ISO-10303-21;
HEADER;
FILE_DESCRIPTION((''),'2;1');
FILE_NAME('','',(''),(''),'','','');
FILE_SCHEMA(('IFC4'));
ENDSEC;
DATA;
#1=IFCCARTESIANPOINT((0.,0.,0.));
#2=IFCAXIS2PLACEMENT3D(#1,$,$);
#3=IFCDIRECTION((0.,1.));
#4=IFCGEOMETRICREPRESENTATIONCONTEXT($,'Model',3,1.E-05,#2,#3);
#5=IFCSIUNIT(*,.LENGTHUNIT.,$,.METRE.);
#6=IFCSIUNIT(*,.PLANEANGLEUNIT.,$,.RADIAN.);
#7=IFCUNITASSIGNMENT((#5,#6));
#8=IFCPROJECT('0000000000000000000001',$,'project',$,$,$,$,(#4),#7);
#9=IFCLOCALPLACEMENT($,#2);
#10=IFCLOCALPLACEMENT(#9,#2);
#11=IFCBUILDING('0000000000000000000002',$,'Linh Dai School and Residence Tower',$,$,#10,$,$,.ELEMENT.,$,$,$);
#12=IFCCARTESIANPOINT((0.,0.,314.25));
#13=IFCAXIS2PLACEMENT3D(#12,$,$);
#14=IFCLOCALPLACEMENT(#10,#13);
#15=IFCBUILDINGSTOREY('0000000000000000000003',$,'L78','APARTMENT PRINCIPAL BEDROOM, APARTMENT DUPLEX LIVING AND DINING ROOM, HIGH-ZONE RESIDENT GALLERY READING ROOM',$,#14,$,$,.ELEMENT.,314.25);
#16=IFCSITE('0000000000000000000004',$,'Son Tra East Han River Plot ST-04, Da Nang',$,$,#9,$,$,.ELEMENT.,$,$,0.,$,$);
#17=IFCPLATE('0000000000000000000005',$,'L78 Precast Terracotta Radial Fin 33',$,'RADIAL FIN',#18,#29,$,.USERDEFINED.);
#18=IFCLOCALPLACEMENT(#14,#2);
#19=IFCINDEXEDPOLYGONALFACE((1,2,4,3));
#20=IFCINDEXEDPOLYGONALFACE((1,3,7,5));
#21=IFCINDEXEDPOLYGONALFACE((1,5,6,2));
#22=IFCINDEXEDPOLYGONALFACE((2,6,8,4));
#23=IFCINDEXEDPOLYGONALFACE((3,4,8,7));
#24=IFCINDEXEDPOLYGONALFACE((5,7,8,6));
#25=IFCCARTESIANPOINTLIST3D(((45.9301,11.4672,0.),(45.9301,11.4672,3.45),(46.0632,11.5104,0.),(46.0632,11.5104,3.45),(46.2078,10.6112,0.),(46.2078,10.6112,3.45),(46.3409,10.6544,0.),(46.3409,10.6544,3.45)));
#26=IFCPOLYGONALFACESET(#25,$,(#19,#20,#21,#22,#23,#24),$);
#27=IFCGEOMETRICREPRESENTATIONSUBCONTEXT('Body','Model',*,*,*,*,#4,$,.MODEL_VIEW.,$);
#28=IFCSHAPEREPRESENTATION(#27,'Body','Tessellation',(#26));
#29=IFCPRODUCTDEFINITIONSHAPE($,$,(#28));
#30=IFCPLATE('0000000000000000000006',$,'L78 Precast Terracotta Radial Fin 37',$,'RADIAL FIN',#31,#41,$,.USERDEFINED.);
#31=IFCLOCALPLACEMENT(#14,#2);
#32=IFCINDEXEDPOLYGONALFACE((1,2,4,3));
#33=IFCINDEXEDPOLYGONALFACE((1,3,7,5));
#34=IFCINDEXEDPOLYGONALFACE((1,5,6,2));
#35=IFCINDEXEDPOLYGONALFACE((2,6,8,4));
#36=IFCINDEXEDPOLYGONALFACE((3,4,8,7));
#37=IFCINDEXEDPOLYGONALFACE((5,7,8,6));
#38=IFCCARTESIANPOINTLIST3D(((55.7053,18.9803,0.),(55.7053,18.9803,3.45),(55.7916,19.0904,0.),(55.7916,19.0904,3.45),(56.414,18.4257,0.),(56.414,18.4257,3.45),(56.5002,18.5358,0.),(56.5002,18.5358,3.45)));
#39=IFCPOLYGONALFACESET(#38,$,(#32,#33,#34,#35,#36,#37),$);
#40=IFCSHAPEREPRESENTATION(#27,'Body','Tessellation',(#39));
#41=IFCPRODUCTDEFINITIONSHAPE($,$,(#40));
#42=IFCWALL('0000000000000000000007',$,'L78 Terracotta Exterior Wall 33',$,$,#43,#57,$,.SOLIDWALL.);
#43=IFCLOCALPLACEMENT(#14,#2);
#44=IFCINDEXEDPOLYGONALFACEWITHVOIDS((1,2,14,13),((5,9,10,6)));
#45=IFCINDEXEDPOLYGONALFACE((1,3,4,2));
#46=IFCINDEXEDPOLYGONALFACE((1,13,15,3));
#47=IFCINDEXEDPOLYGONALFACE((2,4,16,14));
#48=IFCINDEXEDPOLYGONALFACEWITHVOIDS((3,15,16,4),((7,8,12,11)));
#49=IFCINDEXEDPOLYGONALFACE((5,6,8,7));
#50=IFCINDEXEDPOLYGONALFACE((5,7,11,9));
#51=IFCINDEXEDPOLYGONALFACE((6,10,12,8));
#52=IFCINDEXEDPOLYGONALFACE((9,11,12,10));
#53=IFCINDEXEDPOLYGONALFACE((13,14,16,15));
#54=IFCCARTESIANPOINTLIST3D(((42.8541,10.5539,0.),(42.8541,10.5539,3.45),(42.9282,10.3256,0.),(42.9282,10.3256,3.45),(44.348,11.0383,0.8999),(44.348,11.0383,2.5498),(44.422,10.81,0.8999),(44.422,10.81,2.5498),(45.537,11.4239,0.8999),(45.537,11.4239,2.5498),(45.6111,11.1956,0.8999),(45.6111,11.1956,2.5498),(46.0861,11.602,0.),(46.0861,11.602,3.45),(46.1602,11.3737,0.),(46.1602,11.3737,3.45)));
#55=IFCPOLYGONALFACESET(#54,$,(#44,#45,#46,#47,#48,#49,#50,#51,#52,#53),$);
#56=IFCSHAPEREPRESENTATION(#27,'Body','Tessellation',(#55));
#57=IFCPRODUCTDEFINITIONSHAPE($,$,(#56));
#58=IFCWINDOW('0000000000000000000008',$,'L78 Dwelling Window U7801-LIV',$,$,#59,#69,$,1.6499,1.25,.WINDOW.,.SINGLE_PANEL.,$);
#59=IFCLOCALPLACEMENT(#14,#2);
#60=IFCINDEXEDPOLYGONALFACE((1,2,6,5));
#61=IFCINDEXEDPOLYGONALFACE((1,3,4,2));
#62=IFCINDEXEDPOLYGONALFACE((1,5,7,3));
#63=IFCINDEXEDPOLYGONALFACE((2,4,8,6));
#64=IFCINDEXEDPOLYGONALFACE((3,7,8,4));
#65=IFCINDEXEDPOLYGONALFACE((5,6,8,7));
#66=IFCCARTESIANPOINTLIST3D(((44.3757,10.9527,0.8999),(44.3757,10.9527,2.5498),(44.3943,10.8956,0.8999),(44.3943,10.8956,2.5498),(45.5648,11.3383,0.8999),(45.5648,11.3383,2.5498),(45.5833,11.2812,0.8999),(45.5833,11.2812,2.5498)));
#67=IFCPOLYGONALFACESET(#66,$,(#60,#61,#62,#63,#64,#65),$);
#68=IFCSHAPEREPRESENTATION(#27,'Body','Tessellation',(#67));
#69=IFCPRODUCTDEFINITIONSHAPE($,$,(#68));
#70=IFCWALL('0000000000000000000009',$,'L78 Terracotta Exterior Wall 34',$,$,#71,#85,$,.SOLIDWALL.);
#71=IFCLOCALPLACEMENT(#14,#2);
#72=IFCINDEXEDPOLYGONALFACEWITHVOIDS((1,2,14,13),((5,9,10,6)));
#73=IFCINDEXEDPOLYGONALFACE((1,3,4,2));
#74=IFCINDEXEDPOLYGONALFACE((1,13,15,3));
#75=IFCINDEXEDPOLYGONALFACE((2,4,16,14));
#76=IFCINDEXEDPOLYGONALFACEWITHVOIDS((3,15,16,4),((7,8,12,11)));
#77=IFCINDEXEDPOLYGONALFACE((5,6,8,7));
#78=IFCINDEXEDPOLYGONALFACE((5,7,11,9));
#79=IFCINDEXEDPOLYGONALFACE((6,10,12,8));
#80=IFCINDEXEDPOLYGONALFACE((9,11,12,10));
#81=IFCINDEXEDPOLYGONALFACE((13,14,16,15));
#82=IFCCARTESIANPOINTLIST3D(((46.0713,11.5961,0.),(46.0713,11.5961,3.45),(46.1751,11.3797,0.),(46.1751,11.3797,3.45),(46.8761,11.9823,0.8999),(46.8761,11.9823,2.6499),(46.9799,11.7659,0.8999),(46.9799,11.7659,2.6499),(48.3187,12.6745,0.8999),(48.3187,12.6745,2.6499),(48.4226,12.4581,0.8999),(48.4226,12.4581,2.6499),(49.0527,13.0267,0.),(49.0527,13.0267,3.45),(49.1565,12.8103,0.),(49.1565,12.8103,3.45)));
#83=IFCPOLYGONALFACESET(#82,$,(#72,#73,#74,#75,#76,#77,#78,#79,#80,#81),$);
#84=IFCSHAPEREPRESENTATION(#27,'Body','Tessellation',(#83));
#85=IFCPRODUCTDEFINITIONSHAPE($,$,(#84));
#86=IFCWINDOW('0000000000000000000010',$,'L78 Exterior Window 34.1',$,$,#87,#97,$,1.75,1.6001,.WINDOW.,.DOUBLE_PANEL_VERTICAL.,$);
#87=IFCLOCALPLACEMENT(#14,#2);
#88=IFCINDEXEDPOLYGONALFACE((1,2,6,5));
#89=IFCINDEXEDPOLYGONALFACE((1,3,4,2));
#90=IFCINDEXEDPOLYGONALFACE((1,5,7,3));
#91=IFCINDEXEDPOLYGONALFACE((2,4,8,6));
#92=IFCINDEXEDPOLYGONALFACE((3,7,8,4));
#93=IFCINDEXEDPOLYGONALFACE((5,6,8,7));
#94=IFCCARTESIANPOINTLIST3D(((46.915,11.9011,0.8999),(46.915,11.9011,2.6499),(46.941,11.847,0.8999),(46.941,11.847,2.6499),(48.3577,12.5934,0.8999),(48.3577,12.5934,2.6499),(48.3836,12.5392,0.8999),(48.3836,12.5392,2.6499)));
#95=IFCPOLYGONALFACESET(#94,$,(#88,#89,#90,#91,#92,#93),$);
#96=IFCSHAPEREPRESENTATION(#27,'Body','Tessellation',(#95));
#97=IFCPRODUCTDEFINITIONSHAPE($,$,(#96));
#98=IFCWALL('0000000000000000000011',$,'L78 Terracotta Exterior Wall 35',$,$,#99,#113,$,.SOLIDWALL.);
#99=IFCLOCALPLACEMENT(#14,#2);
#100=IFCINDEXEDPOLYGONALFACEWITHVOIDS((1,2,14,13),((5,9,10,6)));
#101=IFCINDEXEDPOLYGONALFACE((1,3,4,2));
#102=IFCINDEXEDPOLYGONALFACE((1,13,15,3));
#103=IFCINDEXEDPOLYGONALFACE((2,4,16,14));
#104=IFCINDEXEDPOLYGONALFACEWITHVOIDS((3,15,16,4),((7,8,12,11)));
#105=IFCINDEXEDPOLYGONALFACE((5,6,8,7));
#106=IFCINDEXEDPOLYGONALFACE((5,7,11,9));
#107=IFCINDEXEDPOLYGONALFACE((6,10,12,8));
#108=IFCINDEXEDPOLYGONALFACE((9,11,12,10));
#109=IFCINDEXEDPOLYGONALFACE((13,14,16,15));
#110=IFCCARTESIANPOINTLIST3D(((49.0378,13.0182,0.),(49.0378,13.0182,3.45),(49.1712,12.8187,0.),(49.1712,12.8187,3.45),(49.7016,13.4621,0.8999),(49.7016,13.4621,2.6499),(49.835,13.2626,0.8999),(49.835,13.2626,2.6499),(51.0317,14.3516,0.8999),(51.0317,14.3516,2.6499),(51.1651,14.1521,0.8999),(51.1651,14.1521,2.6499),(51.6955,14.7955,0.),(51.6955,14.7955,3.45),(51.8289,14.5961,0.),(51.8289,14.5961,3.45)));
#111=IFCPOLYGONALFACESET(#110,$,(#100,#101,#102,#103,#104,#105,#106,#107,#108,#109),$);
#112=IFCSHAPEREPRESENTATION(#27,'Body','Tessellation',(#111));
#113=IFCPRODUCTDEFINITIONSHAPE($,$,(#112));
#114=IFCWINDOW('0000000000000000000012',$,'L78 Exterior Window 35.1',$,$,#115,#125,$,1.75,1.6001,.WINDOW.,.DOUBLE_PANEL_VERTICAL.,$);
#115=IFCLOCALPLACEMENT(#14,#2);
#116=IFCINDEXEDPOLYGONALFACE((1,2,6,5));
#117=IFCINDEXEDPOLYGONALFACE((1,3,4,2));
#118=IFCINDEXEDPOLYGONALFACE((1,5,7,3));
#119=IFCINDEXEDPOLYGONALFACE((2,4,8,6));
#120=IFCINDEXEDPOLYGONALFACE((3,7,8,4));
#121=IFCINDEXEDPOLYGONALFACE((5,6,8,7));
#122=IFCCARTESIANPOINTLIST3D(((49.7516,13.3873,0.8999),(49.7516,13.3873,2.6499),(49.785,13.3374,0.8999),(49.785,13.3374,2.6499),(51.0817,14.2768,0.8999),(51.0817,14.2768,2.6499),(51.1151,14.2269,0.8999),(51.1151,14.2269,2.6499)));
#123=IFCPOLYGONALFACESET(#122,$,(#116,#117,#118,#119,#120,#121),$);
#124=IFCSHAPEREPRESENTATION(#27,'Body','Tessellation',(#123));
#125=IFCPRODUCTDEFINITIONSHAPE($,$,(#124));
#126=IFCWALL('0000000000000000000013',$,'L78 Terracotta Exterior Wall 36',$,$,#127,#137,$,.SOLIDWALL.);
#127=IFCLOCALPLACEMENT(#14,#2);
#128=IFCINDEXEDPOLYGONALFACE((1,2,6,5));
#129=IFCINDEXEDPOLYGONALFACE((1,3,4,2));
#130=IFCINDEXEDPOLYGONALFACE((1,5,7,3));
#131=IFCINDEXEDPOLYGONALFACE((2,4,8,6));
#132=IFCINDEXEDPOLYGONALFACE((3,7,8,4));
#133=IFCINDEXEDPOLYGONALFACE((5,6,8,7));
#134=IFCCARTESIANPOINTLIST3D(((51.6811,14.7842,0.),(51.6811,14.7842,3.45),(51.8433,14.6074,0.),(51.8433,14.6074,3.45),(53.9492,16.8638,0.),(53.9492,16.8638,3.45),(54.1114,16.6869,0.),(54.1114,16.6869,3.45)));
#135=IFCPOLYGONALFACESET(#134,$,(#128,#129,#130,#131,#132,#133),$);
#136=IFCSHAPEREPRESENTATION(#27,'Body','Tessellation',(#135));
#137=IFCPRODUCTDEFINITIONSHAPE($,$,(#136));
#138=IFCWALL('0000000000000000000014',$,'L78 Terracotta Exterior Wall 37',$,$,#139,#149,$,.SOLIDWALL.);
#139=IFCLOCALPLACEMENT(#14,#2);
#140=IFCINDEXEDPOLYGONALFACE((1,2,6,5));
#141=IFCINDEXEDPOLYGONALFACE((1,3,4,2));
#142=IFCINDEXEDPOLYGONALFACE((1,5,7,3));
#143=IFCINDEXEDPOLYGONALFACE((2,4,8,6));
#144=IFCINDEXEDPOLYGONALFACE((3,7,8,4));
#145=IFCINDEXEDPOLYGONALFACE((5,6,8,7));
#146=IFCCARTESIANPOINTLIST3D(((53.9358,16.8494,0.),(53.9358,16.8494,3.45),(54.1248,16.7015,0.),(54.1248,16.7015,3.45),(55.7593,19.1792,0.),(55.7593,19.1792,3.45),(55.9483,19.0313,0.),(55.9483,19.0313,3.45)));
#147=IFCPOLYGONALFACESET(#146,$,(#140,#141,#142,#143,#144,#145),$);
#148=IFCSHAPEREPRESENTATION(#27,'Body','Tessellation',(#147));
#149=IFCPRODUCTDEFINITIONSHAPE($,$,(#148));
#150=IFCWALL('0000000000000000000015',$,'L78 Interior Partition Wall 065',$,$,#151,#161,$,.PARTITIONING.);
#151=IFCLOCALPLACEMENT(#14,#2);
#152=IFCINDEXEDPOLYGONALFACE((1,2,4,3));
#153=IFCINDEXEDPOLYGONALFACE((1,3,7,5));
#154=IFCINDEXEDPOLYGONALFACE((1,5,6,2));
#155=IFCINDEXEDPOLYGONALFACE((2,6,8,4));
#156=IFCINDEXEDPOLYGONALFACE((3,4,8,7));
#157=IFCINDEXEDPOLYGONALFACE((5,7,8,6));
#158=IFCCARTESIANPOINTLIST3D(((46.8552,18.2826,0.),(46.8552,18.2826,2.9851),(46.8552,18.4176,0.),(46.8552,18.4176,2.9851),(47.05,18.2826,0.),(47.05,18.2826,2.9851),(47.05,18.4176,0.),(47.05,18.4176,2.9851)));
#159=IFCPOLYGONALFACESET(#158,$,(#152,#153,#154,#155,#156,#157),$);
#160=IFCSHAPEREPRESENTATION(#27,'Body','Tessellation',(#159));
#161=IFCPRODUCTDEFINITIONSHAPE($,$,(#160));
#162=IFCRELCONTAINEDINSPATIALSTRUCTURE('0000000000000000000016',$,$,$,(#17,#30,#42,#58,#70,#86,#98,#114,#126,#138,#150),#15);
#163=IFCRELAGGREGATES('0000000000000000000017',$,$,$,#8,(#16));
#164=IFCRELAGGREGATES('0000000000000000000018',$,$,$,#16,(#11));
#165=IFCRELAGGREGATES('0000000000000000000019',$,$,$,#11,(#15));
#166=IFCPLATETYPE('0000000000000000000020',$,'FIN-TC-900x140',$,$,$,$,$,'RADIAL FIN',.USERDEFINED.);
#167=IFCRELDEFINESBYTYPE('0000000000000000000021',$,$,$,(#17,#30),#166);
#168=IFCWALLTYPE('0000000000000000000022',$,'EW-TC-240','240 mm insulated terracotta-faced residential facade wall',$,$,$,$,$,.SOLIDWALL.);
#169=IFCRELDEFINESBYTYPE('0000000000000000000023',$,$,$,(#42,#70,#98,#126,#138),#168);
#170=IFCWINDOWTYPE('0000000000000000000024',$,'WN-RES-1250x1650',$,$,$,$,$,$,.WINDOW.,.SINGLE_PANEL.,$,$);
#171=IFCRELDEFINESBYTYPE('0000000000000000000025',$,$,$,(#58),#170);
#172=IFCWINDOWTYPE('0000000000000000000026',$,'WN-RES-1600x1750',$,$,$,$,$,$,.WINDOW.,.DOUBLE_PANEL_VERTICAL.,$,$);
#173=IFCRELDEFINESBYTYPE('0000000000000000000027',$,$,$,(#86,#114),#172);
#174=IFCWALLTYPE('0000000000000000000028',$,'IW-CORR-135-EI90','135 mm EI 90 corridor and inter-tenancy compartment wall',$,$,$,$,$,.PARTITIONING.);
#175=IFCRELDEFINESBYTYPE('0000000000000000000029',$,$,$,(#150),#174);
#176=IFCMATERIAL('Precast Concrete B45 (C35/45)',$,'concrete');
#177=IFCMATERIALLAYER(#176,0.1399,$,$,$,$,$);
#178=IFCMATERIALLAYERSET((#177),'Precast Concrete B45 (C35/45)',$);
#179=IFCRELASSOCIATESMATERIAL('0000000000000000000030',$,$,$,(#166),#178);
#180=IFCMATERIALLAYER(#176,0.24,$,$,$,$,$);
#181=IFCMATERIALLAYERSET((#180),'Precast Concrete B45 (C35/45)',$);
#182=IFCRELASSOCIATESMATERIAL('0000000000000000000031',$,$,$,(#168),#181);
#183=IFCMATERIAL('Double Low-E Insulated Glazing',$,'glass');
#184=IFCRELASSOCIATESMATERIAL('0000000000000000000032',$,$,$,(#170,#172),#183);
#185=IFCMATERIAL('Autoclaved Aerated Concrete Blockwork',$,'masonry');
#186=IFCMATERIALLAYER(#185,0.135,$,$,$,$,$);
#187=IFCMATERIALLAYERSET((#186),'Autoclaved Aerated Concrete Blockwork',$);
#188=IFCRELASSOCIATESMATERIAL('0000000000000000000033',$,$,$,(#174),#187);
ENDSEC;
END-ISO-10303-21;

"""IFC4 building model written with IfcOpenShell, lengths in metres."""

from ifc_helpers import new_model, si_unit, direction, frame, frame_2d, origin, origin_2d, place, context, subcontext, project, spatial, rectangle, extrude, source, transform, mapped, material, layer, layer_set, type_object, element, fill, save


model = new_model("IFC4")

# Units and contexts
model_context = context("Model", 3, precision=1e-05, world=origin(), true_north=direction((0.0, 1.0)))
body_context = subcontext(model_context, "Body", "Model", "MODEL_VIEW")
ifc_project = project(units=[si_unit("LENGTHUNIT", "METRE"), si_unit("PLANEANGLEUNIT", "RADIAN")], contexts=[model_context])

# Site, building, storey
site_placement = place(None, origin())
site = spatial("IfcSite", under=ifc_project, at=site_placement, Name="Son Tra East Han River Plot ST-04, Da Nang", CompositionType="ELEMENT", RefElevation=0.0)
building_placement = place(site_placement, origin())
building = spatial("IfcBuilding", under=site, at=building_placement, Name="Linh Dai School and Residence Tower", CompositionType="ELEMENT")
storey_placement = place(building_placement, frame((0.0, 0.0, 314.25)))
storey = spatial("IfcBuildingStorey", under=building, at=storey_placement, Name="L78", Description="APARTMENT PRINCIPAL BEDROOM, APARTMENT DUPLEX LIVING AND DINING ROOM, HIGH-ZONE RESIDENT GALLERY READING ROOM", CompositionType="ELEMENT", Elevation=314.25)

# Plates
ifc_material_1 = material(Name="Precast Concrete B45 (C35/45)", Category="concrete")
ifc_layer_1 = layer(ifc_material_1, 0.1399)
ifc_layer_set_1 = layer_set([ifc_layer_1], Name="Precast Concrete B45 (C35/45)")
plate_type = type_object("IfcPlateType", Name="FIN-TC-900x140", ElementType="RADIAL FIN", PredefinedType="USERDEFINED", material=ifc_layer_set_1)
shared_shape_1 = source(origin(), body_context, "Body", "SweptSolid", [
    extrude(rectangle(XDim=0.8999, YDim=0.1399, at=origin_2d()), origin(), (0.0, 0.0, 1.0), 3.45),
])
for number, where, z_axis, x_axis, name in (
    (1, (46.1355, 11.0608, 0.0), (0.0, 0.0, 1.0), (0.308519, -0.951218, 0.0), "L78 Precast Terracotta Radial Fin 33"),
    (2, (56.1028, 18.7581, 0.0), (0.0, 0.0, 1.0), (0.787503, -0.616311, 0.0), "L78 Precast Terracotta Radial Fin 37"),
):
    element("IfcPlate", number, at=place(storey_placement, frame(where, z_axis=z_axis, x_axis=x_axis)), inside=storey, type_object=plate_type, Name=name, ObjectType="RADIAL FIN", PredefinedType="USERDEFINED", context=body_context, shape_type="MappedRepresentation", body=[
        mapped(shared_shape_1, transform((0.0, 0.0, 0.0), x_axis=(1.0, 0.0, 0.0), y_axis=(0.0, 1.0, 0.0), z_axis=(0.0, 0.0, 1.0), scale=1.0)),
    ])

# Walls, openings, windows
ifc_layer_2 = layer(ifc_material_1, 0.24)
ifc_layer_set_2 = layer_set([ifc_layer_2], Name="Precast Concrete B45 (C35/45)")
wall_type_1 = type_object("IfcWallType", Name="EW-TC-240", Description="240 mm insulated terracotta-faced residential facade wall", PredefinedType="SOLIDWALL", material=ifc_layer_set_2)
wall_1_placement = place(storey_placement, frame((46.123, 11.4878, 0.0), z_axis=(0.0, 0.0, 1.0), x_axis=(-0.951231, -0.308478, 0.0)))
wall_1 = element("IfcWall", 3, at=wall_1_placement, inside=storey, type_object=wall_type_1, Name="L78 Terracotta Exterior Wall 33", PredefinedType="SOLIDWALL", context=body_context, shape_type="SweptSolid", body=[
    extrude(rectangle(XDim=3.3977, YDim=0.24, at=frame_2d((1.6987, 0.0))), origin(), (0.0, 0.0, 1.0), 3.45),
])
opening_1_placement = place(wall_1_placement, frame((0.5771, 0.0, 0.8999)))
opening_1 = element("IfcOpeningElement", 4, at=opening_1_placement, cuts=wall_1, PredefinedType="OPENING", context=body_context, shape_type="SweptSolid", body=[
    extrude(rectangle(XDim=1.25, YDim=1.6499, at=origin_2d()), frame((0.625, 0.1299, 0.825), z_axis=(0.0, -1.0, 0.0), x_axis=(1.0, 0.0, 0.0)), (0.0, 0.0, 1.0), 0.26),
])
ifc_material_2 = material(Name="Double Low-E Insulated Glazing", Category="glass")
window_type_1 = type_object("IfcWindowType", Name="WN-RES-1250x1650", PartitioningType="SINGLE_PANEL", PredefinedType="WINDOW", material=ifc_material_2)
shared_shape_2 = source(origin(), body_context, "Body", "SweptSolid", [
    extrude(rectangle(XDim=1.25, YDim=1.6499, at=origin_2d()), frame((0.625, 0.03, 0.825), z_axis=(0.0, -1.0, 0.0), x_axis=(1.0, 0.0, 0.0)), (0.0, 0.0, 1.0), 0.0601),
])
window_1_placement = place(opening_1_placement, origin())
window_1 = element("IfcWindow", 5, at=window_1_placement, inside=storey, type_object=window_type_1, Name="L78 Dwelling Window U7801-LIV", OverallHeight=1.6499, OverallWidth=1.25, PartitioningType="SINGLE_PANEL", PredefinedType="WINDOW", context=body_context, shape_type="MappedRepresentation", body=[
    mapped(shared_shape_2, transform((0.0, 0.0, 0.0), x_axis=(1.0, 0.0, 0.0), y_axis=(0.0, 1.0, 0.0), z_axis=(0.0, 0.0, 1.0), scale=1.0)),
])
fill(opening_1, window_1)
wall_2_placement = place(storey_placement, frame((49.1045, 12.9185, 0.0), z_axis=(0.0, 0.0, 1.0), x_axis=(-0.901574, -0.432625, 0.0)))
wall_2 = element("IfcWall", 6, at=wall_2_placement, inside=storey, type_object=wall_type_1, Name="L78 Terracotta Exterior Wall 34", PredefinedType="SOLIDWALL", context=body_context, shape_type="SweptSolid", body=[
    extrude(rectangle(XDim=3.3069, YDim=0.24, at=frame_2d((1.6533, 0.0))), origin(), (0.0, 0.0, 1.0), 3.45),
])
opening_2_placement = place(wall_2_placement, frame((0.814, 0.0, 0.8999)))
opening_2 = element("IfcOpeningElement", 7, at=opening_2_placement, cuts=wall_2, PredefinedType="OPENING", context=body_context, shape_type="SweptSolid", body=[
    extrude(rectangle(XDim=1.6001, YDim=1.75, at=origin_2d()), frame((0.8, 0.1299, 0.875), z_axis=(0.0, -1.0, 0.0), x_axis=(1.0, 0.0, 0.0)), (0.0, 0.0, 1.0), 0.26),
])
window_type_2 = type_object("IfcWindowType", Name="WN-RES-1600x1750", PartitioningType="DOUBLE_PANEL_VERTICAL", PredefinedType="WINDOW", material=ifc_material_2)
shared_shape_3 = source(origin(), body_context, "Body", "SweptSolid", [
    extrude(rectangle(XDim=1.6001, YDim=1.75, at=origin_2d()), frame((0.8, 0.03, 0.875), z_axis=(0.0, -1.0, 0.0), x_axis=(1.0, 0.0, 0.0)), (0.0, 0.0, 1.0), 0.0601),
])
window_2_placement = place(opening_2_placement, origin())
window_2 = element("IfcWindow", 8, at=window_2_placement, inside=storey, type_object=window_type_2, Name="L78 Exterior Window 34.1", OverallHeight=1.75, OverallWidth=1.6001, PartitioningType="DOUBLE_PANEL_VERTICAL", PredefinedType="WINDOW", context=body_context, shape_type="MappedRepresentation", body=[
    mapped(shared_shape_3, transform((0.0, 0.0, 0.0), x_axis=(1.0, 0.0, 0.0), y_axis=(0.0, 1.0, 0.0), z_axis=(0.0, 0.0, 1.0), scale=1.0)),
])
fill(opening_2, window_2)
wall_3_placement = place(storey_placement, frame((51.7622, 14.6958, 0.0), z_axis=(0.0, 0.0, 1.0), x_axis=(-0.831251, -0.555898, 0.0)))
wall_3 = element("IfcWall", 9, at=wall_3_placement, inside=storey, type_object=wall_type_1, Name="L78 Terracotta Exterior Wall 35", PredefinedType="SOLIDWALL", context=body_context, shape_type="SweptSolid", body=[
    extrude(rectangle(XDim=3.1973, YDim=0.24, at=frame_2d((1.5986, 0.0))), origin(), (0.0, 0.0, 1.0), 3.45),
])
opening_3_placement = place(wall_3_placement, frame((0.7986, 0.0, 0.8999)))
opening_3 = element("IfcOpeningElement", 10, at=opening_3_placement, cuts=wall_3, PredefinedType="OPENING", context=body_context, shape_type="SweptSolid", body=[
    extrude(rectangle(XDim=1.6001, YDim=1.75, at=origin_2d()), frame((0.8, 0.1299, 0.875), z_axis=(0.0, -1.0, 0.0), x_axis=(1.0, 0.0, 0.0)), (0.0, 0.0, 1.0), 0.26),
])
window_3_placement = place(opening_3_placement, origin())
window_3 = element("IfcWindow", 11, at=window_3_placement, inside=storey, type_object=window_type_2, Name="L78 Exterior Window 35.1", OverallHeight=1.75, OverallWidth=1.6001, PartitioningType="DOUBLE_PANEL_VERTICAL", PredefinedType="WINDOW", context=body_context, shape_type="MappedRepresentation", body=[
    mapped(shared_shape_3, transform((0.0, 0.0, 0.0), x_axis=(1.0, 0.0, 0.0), y_axis=(0.0, 1.0, 0.0), z_axis=(0.0, 0.0, 1.0), scale=1.0)),
])
fill(opening_3, window_3)

# Walls
wall_4_placement = place(storey_placement, frame((54.0303, 16.7754, 0.0), z_axis=(0.0, 0.0, 1.0), x_axis=(-0.737069, -0.675818, 0.0)))
element("IfcWall", 12, at=wall_4_placement, inside=storey, type_object=wall_type_1, Name="L78 Terracotta Exterior Wall 36", PredefinedType="SOLIDWALL", context=body_context, shape_type="SweptSolid", body=[
    extrude(rectangle(XDim=3.0771, YDim=0.24, at=frame_2d((1.5386, 0.0))), origin(), (0.0, 0.0, 1.0), 3.45),
])
wall_5_placement = place(storey_placement, frame((55.8538, 19.1052, 0.0), z_axis=(0.0, 0.0, 1.0), x_axis=(-0.616337, -0.787482, 0.0)))
element("IfcWall", 13, at=wall_5_placement, inside=storey, type_object=wall_type_1, Name="L78 Terracotta Exterior Wall 37", PredefinedType="SOLIDWALL", context=body_context, shape_type="SweptSolid", body=[
    extrude(rectangle(XDim=2.9585, YDim=0.24, at=frame_2d((1.4792, 0.0))), origin(), (0.0, 0.0, 1.0), 3.45),
])
ifc_material_3 = material(Name="Autoclaved Aerated Concrete Blockwork", Category="masonry")
ifc_layer_3 = layer(ifc_material_3, 0.135)
ifc_layer_set_3 = layer_set([ifc_layer_3], Name="Autoclaved Aerated Concrete Blockwork")
wall_type_2 = type_object("IfcWallType", Name="IW-CORR-135-EI90", Description="135 mm EI 90 corridor and inter-tenancy compartment wall", PredefinedType="PARTITIONING", material=ifc_layer_set_3)
wall_6_placement = place(storey_placement, frame((46.8552, 18.3501, 0.0), z_axis=(0.0, 0.0, 1.0), x_axis=(1.0, 0.0, 0.0)))
element("IfcWall", 14, at=wall_6_placement, inside=storey, type_object=wall_type_2, Name="L78 Interior Partition Wall 065", PredefinedType="PARTITIONING", context=body_context, shape_type="SweptSolid", body=[
    extrude(rectangle(XDim=0.1948, YDim=0.135, at=frame_2d((0.0974, 0.0))), origin(), (0.0, 0.0, 1.0), 2.9851),
])

save(model, "model.ifc")
